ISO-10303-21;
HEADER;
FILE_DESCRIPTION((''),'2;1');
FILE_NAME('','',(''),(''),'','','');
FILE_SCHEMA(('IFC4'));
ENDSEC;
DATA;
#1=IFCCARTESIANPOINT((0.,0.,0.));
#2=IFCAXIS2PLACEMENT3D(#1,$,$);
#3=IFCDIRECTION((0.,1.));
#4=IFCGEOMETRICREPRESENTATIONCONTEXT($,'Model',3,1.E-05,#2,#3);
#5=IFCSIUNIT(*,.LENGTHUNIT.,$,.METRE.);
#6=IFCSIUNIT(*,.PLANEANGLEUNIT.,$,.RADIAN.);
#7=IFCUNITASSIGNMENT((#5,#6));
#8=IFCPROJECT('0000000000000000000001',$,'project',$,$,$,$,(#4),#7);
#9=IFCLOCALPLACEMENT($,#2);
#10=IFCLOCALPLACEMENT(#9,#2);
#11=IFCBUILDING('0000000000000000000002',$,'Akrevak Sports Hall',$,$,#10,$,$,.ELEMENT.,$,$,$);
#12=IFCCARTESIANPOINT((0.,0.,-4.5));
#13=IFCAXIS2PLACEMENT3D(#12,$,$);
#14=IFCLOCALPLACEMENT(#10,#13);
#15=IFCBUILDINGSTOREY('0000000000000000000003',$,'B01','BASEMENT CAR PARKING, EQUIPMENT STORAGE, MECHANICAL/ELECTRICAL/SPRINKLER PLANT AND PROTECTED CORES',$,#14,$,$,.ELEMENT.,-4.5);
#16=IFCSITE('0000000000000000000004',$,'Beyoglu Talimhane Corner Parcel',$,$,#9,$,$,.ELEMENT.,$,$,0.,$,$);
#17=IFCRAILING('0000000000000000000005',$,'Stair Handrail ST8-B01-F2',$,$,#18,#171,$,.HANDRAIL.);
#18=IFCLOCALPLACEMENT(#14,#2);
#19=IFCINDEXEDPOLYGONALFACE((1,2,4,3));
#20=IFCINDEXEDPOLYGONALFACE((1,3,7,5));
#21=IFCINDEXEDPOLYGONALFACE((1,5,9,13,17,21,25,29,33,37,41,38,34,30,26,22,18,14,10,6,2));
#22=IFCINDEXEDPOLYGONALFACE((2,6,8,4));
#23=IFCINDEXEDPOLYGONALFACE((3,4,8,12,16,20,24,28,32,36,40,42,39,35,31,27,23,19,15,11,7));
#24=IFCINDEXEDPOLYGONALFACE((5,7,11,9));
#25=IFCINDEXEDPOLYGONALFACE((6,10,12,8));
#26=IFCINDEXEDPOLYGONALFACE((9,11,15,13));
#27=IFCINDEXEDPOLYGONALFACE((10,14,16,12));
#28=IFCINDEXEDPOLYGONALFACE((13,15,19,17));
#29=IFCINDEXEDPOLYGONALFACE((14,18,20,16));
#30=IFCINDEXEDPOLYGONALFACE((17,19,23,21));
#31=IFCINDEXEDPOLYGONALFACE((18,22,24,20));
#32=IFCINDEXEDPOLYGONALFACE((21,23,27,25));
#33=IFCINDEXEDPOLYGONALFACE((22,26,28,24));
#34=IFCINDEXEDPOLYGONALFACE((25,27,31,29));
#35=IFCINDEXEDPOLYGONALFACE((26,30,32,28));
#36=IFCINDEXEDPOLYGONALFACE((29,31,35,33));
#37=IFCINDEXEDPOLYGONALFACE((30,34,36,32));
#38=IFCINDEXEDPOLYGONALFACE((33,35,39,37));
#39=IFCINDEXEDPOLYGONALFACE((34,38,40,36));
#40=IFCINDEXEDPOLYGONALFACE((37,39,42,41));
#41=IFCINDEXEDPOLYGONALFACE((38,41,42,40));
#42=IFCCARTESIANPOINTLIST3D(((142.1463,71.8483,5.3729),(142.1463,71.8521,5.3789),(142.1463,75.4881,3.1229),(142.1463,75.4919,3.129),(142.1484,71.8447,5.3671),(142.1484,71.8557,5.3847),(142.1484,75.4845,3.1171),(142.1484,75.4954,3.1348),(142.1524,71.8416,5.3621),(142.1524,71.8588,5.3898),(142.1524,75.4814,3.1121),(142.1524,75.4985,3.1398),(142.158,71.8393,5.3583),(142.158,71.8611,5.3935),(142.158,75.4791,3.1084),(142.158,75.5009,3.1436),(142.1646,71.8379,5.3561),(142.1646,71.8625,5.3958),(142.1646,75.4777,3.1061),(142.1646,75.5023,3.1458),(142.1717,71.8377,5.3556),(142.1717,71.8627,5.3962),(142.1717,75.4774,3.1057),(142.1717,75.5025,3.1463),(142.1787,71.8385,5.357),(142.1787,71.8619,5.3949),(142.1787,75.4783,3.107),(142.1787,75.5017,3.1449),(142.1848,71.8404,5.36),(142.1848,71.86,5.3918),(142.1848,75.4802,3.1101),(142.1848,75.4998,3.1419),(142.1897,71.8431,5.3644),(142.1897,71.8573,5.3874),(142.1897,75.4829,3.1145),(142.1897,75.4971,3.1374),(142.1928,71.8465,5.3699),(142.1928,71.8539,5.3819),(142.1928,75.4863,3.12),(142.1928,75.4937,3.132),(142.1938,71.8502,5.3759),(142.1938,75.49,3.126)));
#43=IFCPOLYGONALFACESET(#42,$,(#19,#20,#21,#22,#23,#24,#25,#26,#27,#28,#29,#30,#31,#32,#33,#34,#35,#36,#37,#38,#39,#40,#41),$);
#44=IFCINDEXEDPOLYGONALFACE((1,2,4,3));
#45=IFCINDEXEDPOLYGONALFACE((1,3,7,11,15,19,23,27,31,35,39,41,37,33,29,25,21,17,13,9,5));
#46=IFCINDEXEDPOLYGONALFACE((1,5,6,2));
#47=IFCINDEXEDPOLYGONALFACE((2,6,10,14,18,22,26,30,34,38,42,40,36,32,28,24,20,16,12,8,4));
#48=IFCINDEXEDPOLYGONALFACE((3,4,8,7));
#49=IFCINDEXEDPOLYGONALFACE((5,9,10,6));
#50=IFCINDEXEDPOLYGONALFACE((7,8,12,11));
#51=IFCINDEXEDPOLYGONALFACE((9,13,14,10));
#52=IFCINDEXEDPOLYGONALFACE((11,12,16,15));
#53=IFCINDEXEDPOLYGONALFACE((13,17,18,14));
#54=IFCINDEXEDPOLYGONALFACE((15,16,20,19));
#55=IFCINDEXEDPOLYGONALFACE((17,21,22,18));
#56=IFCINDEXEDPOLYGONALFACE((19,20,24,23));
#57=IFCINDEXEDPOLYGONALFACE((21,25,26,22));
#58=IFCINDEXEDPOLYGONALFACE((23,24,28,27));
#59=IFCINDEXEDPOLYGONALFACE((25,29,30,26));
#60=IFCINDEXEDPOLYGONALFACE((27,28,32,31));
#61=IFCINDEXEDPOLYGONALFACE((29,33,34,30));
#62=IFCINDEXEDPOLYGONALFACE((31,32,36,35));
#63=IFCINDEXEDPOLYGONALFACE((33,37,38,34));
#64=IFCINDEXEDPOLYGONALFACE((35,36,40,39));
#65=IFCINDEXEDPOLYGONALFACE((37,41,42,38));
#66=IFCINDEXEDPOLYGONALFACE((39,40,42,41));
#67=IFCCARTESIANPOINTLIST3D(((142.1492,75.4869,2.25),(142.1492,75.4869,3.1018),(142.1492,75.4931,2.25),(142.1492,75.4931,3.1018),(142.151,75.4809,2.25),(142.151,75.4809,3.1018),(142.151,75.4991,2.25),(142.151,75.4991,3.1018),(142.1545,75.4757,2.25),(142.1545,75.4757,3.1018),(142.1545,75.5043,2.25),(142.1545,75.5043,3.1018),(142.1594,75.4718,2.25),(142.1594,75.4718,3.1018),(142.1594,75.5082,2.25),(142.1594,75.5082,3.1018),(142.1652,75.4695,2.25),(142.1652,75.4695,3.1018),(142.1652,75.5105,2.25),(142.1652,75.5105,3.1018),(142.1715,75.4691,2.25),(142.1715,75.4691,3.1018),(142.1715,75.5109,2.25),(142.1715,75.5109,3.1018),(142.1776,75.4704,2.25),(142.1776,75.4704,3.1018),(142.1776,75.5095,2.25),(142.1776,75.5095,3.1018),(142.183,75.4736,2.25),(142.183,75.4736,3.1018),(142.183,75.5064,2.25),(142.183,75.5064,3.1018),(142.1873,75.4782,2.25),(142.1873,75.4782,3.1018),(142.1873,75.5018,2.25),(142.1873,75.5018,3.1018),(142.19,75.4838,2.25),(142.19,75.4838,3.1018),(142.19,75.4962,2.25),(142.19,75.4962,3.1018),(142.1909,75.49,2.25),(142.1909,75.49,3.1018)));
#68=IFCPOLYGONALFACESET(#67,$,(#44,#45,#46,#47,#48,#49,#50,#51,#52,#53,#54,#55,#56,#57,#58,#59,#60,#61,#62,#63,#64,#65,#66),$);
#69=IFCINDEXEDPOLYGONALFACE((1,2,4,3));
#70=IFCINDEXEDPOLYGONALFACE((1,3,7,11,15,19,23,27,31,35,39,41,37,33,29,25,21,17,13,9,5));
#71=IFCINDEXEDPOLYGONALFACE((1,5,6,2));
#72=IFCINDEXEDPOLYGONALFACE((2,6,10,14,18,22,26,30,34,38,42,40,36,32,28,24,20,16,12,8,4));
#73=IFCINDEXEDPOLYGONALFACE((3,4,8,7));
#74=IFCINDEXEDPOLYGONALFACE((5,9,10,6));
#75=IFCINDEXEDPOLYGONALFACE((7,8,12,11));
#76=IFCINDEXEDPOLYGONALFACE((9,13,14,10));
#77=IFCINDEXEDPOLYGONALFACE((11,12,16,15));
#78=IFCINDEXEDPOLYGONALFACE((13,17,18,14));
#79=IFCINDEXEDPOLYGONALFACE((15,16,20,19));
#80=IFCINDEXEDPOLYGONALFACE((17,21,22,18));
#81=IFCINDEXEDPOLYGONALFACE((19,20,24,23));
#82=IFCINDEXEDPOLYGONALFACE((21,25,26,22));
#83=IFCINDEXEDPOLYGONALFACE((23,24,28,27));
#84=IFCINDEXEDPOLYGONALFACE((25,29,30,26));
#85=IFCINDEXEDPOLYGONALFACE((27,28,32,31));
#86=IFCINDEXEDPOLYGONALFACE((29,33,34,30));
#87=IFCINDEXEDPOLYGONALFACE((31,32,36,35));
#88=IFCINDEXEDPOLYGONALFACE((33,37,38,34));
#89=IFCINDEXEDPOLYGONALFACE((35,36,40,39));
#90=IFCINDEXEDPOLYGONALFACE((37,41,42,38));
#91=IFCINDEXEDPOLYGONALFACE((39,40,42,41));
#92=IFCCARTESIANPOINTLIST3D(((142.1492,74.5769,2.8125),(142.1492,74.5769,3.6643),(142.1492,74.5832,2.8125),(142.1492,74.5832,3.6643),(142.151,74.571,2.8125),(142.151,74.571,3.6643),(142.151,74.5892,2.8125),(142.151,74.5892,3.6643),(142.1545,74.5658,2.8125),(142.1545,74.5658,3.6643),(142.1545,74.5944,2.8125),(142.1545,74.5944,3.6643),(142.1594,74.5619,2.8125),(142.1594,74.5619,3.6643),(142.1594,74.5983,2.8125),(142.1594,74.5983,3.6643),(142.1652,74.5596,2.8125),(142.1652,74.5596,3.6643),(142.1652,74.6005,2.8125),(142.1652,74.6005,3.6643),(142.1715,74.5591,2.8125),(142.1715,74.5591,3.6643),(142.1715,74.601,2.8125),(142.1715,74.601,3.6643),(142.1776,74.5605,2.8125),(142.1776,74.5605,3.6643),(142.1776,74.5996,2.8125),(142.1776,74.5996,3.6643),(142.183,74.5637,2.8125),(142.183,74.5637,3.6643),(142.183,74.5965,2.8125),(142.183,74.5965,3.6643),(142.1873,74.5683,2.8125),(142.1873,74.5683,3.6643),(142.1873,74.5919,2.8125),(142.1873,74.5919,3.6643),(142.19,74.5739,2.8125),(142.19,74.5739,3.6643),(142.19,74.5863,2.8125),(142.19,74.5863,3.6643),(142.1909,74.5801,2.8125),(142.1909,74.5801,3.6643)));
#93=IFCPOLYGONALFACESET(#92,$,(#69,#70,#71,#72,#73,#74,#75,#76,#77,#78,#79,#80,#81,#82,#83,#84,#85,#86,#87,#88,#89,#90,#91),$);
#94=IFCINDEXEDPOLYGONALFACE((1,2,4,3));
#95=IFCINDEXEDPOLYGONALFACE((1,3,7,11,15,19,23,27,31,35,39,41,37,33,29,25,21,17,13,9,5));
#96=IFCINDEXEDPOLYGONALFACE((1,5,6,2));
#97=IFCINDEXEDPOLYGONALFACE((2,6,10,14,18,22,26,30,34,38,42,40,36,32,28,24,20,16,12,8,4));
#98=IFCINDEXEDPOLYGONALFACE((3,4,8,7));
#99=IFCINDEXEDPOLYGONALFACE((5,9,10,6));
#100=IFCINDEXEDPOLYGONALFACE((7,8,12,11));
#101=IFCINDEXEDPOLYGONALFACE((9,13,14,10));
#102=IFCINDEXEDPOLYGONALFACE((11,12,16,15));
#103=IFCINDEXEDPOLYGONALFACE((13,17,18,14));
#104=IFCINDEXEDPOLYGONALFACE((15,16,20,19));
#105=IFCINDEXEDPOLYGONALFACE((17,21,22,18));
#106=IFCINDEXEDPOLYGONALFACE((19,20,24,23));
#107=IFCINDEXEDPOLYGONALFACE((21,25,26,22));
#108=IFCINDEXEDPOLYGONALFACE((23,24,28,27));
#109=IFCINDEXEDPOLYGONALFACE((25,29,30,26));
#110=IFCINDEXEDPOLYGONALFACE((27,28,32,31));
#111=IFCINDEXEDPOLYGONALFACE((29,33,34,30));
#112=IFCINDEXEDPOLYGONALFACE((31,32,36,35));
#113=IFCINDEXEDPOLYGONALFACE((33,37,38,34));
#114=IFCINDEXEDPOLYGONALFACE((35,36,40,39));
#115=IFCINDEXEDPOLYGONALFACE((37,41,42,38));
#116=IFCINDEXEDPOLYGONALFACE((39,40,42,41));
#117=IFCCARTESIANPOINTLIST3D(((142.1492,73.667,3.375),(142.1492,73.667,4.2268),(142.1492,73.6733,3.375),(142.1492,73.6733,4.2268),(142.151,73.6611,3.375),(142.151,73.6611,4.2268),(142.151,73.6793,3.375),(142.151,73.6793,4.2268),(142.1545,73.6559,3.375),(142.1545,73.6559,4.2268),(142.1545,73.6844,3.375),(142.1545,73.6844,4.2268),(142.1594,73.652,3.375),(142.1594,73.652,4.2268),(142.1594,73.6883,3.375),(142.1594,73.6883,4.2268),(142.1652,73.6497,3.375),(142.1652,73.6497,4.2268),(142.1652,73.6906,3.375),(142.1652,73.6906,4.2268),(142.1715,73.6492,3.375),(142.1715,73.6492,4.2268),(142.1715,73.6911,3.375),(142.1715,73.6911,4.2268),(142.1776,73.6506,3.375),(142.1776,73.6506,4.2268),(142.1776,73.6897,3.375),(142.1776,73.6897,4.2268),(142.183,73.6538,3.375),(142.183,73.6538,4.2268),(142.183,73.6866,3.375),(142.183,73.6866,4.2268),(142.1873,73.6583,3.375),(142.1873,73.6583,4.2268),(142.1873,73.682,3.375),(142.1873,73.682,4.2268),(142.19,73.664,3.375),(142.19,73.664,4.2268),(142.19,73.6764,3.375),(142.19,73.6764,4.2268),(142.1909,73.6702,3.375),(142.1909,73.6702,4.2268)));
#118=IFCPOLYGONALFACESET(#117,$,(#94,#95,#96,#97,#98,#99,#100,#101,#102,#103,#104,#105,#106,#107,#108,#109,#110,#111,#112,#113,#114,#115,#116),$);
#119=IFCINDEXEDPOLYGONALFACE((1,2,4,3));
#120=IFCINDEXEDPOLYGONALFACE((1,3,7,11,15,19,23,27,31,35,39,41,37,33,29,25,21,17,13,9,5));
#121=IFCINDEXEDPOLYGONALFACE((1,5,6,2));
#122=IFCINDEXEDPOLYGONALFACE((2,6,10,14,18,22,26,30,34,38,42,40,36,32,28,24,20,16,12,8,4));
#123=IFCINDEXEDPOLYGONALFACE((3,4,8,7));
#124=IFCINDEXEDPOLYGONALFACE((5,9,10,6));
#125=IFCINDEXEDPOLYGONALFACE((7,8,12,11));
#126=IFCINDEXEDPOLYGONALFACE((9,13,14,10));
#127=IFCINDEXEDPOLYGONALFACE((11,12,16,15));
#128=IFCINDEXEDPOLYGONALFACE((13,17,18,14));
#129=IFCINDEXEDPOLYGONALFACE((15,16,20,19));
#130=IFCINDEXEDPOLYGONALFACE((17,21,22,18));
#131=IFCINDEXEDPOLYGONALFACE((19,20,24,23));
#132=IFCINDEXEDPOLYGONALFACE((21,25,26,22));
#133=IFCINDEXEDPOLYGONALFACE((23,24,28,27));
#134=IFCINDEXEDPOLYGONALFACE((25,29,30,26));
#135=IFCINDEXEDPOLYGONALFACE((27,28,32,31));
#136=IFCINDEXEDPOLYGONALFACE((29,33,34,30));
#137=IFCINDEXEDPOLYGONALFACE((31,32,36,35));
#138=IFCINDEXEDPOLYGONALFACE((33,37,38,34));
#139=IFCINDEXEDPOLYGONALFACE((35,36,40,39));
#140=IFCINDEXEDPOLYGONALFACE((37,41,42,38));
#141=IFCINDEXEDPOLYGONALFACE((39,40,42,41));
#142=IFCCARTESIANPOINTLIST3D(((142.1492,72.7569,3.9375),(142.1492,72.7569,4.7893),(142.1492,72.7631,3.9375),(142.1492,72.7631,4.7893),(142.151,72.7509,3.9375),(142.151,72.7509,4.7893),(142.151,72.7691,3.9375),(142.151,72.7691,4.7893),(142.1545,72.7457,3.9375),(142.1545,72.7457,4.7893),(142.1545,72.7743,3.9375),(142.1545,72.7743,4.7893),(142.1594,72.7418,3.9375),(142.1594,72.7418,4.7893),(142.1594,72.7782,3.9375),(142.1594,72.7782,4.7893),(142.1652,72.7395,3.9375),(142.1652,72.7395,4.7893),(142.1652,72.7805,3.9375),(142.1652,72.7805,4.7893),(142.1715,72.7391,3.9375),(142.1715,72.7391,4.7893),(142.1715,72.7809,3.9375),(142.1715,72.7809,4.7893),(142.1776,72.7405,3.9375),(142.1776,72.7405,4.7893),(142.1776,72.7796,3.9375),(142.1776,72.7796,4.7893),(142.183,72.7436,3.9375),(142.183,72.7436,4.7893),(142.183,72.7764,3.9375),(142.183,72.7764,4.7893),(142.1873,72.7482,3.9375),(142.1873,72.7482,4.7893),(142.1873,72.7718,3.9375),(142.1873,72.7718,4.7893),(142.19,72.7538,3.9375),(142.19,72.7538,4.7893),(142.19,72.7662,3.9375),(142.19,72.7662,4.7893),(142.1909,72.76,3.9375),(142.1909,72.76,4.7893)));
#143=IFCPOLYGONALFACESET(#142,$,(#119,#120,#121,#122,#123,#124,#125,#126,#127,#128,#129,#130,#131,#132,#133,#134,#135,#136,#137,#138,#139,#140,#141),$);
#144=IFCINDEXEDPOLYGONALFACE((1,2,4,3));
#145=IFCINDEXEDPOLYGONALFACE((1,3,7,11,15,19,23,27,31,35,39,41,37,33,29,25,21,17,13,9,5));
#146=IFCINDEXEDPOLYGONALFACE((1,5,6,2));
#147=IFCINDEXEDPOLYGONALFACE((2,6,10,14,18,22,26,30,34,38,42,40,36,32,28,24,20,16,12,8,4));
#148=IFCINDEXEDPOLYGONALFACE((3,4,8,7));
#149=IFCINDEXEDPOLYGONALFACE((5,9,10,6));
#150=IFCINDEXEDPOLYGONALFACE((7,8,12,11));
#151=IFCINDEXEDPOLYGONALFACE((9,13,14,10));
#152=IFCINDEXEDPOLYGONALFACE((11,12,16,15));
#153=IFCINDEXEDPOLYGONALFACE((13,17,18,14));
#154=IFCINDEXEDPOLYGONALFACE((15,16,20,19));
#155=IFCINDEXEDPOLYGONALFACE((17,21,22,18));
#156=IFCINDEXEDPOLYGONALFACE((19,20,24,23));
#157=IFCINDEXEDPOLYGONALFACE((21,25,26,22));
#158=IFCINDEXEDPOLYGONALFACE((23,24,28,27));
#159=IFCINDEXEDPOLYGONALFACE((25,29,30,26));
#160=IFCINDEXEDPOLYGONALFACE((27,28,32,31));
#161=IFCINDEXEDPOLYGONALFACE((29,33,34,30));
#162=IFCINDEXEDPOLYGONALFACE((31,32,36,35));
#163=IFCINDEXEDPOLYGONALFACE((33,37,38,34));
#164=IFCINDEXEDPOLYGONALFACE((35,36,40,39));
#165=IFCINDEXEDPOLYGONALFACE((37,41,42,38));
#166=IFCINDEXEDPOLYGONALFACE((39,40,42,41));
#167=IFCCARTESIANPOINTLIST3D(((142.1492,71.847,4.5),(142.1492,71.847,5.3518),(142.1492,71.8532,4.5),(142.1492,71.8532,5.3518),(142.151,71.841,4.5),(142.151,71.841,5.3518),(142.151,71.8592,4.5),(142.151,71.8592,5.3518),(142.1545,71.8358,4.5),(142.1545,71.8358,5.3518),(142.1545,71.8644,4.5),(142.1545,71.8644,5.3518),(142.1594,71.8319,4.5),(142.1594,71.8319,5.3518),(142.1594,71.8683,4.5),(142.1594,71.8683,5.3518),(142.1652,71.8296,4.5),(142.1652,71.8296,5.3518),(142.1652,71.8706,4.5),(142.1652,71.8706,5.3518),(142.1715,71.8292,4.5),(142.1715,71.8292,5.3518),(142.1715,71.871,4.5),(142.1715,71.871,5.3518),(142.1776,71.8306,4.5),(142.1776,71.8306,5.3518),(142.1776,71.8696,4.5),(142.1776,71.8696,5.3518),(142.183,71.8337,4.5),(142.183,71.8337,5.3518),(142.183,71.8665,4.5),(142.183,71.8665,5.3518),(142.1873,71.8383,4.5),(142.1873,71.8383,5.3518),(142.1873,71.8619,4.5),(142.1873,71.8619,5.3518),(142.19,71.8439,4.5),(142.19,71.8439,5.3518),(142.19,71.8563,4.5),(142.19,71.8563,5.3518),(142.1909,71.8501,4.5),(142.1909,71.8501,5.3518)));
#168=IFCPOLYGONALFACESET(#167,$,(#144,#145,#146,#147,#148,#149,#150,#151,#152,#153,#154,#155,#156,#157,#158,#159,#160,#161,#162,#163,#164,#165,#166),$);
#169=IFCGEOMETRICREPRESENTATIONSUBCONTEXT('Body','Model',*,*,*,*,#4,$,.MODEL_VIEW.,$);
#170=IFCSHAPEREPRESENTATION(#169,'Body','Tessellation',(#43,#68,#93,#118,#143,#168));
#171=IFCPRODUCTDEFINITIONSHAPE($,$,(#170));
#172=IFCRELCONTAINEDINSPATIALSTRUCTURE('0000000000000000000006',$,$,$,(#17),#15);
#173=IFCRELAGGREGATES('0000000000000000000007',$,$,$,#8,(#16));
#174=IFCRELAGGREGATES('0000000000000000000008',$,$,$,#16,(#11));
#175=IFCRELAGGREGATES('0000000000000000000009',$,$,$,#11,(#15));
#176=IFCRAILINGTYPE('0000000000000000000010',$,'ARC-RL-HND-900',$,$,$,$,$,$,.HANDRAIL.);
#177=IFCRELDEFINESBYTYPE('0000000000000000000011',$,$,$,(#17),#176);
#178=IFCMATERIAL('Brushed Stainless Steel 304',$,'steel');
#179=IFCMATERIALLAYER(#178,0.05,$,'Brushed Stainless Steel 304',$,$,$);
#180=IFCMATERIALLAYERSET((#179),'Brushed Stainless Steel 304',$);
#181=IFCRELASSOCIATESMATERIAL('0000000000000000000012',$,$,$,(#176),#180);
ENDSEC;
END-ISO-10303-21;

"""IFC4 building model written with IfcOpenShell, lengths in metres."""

from ifc_helpers import new_model, si_unit, direction, frame, origin, origin_2d, place, context, subcontext, project, spatial, circle, extrude, material, layer, layer_set, type_object, element, save


model = new_model("IFC4")

# Units and contexts
model_context = context("Model", 3, precision=1e-05, world=origin(), true_north=direction((0.0, 1.0)))
body_context = subcontext(model_context, "Body", "Model", "MODEL_VIEW")
ifc_project = project(units=[si_unit("LENGTHUNIT", "METRE"), si_unit("PLANEANGLEUNIT", "RADIAN")], contexts=[model_context])

# Site, building, storey
site_placement = place(None, origin())
site = spatial("IfcSite", under=ifc_project, at=site_placement, Name="Beyoglu Talimhane Corner Parcel", CompositionType="ELEMENT", RefElevation=0.0)
building_placement = place(site_placement, origin())
building = spatial("IfcBuilding", under=site, at=building_placement, Name="Akrevak Sports Hall", CompositionType="ELEMENT")
storey_placement = place(building_placement, frame((0.0, 0.0, -4.5)))
storey = spatial("IfcBuildingStorey", under=building, at=storey_placement, Name="B01", Description="BASEMENT CAR PARKING, EQUIPMENT STORAGE, MECHANICAL/ELECTRICAL/SPRINKLER PLANT AND PROTECTED CORES", CompositionType="ELEMENT", Elevation=-4.5)

# Railing
ifc_material_1 = material(Name="Brushed Stainless Steel 304", Category="steel")
ifc_layer_1 = layer(ifc_material_1, 0.05, Name="Brushed Stainless Steel 304")
ifc_layer_set_1 = layer_set([ifc_layer_1], Name="Brushed Stainless Steel 304")
railing_type_1 = type_object("IfcRailingType", Name="ARC-RL-HND-900", PredefinedType="HANDRAIL", material=ifc_layer_set_1)
railing_1_placement = place(storey_placement, frame((142.1699, 75.49, 2.25)))
element("IfcRailing", 1, at=railing_1_placement, inside=storey, type_object=railing_type_1, Name="Stair Handrail ST8-B01-F2", PredefinedType="HANDRAIL", context=body_context, shape_type="SweptSolid", body=[
    extrude(circle(Radius=0.0239, at=origin_2d()), frame((0.0, 0.0, 0.876), z_axis=(0.0, -0.850607, 0.525803), x_axis=(1.0, 0.0, 0.0)), (0.0, 0.0, 1.0), 4.2791),
    extrude(circle(Radius=0.021, at=origin_2d()), origin(), (0.0, 0.0, 1.0), 0.8518),
    extrude(circle(Radius=0.021, at=origin_2d()), frame((0.0, -0.9099, 0.5625)), (0.0, 0.0, 1.0), 0.8518),
    extrude(circle(Radius=0.021, at=origin_2d()), frame((0.0, -1.8198, 1.125)), (0.0, 0.0, 1.0), 0.8518),
    extrude(circle(Radius=0.021, at=origin_2d()), frame((0.0, -2.73, 1.6875)), (0.0, 0.0, 1.0), 0.8518),
    extrude(circle(Radius=0.021, at=origin_2d()), frame((0.0, -3.6399, 2.25)), (0.0, 0.0, 1.0), 0.8518),
])

save(model, "model.ifc")
